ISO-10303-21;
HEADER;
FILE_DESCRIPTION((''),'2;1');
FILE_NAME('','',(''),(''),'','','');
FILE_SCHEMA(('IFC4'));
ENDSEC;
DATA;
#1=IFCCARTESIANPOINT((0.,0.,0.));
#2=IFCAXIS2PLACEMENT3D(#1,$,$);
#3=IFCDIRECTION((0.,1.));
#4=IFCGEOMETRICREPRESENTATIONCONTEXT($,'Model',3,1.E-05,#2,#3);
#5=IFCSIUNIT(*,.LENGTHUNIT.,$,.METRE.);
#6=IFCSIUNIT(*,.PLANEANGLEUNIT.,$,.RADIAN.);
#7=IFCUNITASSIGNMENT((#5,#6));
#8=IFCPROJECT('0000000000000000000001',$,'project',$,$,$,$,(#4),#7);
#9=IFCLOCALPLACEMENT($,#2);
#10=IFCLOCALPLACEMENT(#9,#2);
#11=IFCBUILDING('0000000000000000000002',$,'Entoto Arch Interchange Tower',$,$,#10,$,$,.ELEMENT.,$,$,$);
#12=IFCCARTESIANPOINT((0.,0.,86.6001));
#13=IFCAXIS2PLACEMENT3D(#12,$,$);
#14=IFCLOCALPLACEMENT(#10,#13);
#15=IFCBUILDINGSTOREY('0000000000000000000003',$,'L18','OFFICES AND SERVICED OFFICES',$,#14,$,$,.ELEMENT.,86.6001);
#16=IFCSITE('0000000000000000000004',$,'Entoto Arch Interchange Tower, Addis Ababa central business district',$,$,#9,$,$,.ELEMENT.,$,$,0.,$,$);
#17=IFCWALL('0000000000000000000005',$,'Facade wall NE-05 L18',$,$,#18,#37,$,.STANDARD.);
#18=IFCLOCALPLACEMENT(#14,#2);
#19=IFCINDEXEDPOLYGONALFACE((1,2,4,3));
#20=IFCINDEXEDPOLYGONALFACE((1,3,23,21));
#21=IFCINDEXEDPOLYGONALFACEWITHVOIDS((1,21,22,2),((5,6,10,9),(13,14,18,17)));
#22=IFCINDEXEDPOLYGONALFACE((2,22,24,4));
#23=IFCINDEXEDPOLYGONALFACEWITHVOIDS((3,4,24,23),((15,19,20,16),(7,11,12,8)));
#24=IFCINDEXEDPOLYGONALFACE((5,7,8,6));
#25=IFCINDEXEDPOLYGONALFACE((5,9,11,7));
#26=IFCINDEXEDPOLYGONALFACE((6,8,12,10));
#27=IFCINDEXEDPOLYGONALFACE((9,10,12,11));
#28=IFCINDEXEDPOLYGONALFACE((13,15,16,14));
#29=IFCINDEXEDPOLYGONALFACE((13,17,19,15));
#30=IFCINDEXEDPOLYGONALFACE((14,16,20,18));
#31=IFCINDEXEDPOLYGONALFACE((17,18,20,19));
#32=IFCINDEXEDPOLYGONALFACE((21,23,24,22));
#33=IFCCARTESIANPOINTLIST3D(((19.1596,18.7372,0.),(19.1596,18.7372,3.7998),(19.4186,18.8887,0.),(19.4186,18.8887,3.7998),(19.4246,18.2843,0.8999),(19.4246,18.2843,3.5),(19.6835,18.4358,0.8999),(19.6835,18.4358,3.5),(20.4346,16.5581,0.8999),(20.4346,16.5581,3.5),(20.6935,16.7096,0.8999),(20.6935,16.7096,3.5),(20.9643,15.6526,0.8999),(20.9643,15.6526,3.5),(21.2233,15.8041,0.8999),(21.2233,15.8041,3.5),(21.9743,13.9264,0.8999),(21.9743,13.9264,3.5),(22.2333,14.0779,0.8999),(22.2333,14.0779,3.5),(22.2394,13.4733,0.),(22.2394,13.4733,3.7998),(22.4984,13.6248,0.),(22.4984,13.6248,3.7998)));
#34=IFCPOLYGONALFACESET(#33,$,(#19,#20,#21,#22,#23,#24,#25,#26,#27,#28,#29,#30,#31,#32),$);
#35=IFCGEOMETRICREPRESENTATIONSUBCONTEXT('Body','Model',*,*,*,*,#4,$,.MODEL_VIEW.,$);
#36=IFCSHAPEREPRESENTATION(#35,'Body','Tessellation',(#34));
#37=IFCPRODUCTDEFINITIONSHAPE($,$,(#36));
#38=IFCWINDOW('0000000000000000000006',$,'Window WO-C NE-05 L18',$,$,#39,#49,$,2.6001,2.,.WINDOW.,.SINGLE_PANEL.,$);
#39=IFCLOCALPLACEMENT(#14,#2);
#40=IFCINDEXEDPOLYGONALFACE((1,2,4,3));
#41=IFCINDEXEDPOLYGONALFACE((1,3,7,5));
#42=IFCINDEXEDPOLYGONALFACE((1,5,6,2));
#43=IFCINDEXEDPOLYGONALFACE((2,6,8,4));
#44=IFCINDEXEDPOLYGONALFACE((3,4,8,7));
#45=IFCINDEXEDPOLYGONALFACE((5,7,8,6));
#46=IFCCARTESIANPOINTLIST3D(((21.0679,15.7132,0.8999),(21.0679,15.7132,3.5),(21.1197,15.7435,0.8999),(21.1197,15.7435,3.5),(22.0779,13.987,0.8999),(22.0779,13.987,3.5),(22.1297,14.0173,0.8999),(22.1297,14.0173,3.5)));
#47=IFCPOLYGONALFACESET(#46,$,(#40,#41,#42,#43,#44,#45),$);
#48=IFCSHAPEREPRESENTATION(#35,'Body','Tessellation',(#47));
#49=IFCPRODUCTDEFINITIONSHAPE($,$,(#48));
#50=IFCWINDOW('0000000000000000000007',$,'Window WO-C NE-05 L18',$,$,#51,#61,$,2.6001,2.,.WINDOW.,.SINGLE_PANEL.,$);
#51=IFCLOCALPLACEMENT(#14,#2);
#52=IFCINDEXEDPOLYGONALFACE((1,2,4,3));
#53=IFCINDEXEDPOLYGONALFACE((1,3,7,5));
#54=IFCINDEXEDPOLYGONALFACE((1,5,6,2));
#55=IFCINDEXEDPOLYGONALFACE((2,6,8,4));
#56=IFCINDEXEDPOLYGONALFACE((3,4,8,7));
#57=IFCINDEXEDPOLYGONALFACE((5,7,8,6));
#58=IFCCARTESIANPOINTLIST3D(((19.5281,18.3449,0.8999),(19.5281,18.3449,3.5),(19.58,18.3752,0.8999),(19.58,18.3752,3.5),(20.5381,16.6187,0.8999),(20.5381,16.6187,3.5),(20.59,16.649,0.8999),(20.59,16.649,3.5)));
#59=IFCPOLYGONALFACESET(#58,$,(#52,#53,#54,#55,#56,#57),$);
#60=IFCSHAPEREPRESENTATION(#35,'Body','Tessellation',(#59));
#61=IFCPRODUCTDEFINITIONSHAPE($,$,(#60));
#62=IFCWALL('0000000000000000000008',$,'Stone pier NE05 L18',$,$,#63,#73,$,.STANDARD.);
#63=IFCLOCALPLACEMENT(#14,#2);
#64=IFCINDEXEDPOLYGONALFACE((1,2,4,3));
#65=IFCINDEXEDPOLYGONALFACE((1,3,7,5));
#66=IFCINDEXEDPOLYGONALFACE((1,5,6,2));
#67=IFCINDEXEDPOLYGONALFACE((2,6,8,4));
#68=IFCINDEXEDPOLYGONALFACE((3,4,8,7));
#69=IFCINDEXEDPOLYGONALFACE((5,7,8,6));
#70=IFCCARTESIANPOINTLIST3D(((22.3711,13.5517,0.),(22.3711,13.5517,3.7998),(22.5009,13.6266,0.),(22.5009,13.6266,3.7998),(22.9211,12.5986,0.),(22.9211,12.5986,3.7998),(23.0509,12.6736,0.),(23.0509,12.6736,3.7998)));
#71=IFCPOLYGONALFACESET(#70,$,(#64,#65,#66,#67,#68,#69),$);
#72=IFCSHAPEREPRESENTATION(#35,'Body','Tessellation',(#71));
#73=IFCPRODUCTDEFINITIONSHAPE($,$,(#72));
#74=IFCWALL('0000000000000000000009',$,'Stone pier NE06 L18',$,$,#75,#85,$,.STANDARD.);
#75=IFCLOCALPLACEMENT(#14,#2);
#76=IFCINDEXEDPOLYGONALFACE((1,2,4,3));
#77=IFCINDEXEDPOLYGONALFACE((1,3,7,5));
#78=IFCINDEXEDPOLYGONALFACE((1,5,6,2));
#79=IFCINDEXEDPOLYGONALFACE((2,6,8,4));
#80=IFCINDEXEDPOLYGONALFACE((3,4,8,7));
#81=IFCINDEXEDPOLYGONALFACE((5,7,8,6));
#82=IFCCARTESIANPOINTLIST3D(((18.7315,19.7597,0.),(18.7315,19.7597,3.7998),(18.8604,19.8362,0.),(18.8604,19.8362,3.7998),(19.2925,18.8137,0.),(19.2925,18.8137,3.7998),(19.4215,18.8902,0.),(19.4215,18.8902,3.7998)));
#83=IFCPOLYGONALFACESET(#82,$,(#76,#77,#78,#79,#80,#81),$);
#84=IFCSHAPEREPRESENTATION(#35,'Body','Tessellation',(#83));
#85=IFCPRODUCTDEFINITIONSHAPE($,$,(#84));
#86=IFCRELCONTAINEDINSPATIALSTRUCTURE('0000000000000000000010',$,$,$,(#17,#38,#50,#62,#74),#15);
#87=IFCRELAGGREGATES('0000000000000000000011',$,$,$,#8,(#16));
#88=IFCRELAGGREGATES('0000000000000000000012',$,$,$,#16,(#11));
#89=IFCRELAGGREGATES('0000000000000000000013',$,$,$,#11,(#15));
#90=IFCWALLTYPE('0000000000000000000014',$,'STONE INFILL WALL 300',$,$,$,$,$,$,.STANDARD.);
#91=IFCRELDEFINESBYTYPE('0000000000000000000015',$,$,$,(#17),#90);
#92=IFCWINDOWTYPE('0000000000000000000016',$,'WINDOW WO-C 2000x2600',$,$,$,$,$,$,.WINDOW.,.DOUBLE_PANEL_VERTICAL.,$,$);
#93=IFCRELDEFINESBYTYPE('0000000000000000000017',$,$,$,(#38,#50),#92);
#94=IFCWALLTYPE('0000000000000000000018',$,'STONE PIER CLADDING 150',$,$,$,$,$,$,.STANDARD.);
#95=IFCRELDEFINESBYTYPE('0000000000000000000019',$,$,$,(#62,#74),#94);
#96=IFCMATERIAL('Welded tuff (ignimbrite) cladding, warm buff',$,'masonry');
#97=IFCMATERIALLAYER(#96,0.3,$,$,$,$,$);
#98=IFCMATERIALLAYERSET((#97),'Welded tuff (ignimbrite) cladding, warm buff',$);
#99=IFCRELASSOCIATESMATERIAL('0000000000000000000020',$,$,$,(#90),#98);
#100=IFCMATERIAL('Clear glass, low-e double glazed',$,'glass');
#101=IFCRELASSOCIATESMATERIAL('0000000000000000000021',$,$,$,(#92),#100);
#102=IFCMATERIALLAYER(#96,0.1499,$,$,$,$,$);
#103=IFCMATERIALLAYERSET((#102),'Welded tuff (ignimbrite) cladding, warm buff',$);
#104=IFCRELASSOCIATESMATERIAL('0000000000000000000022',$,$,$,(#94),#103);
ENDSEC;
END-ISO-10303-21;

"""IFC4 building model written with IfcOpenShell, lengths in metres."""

from ifc_helpers import new_model, si_unit, direction, frame, frame_2d, origin, place, context, subcontext, project, spatial, rectangle, extrude, material, layer, layer_set, type_object, element, fill, save


model = new_model("IFC4")

# Units and contexts
model_context = context("Model", 3, precision=1e-05, world=origin(), true_north=direction((0.0, 1.0)))
body_context = subcontext(model_context, "Body", "Model", "MODEL_VIEW")
ifc_project = project(units=[si_unit("LENGTHUNIT", "METRE"), si_unit("PLANEANGLEUNIT", "RADIAN")], contexts=[model_context])

# Site, building, storey
site_placement = place(None, origin())
site = spatial("IfcSite", under=ifc_project, at=site_placement, Name="Entoto Arch Interchange Tower, Addis Ababa central business district", CompositionType="ELEMENT", RefElevation=0.0)
building_placement = place(site_placement, origin())
building = spatial("IfcBuilding", under=site, at=building_placement, Name="Entoto Arch Interchange Tower", CompositionType="ELEMENT")
storey_placement = place(building_placement, frame((0.0, 0.0, 86.6001)))
storey = spatial("IfcBuildingStorey", under=building, at=storey_placement, Name="L18", Description="OFFICES AND SERVICED OFFICES", CompositionType="ELEMENT", Elevation=86.6001)

# Shared definitions
ifc_material_1 = material(Name="Welded tuff (ignimbrite) cladding, warm buff", Category="masonry")
ifc_layer_1 = layer(ifc_material_1, 0.3)
ifc_layer_set_1 = layer_set([ifc_layer_1], Name="Welded tuff (ignimbrite) cladding, warm buff")
wall_type_1 = type_object("IfcWallType", Name="STONE INFILL WALL 300", PredefinedType="STANDARD", material=ifc_layer_set_1)
ifc_material_2 = material(Name="Clear glass, low-e double glazed", Category="glass")
window_type = type_object("IfcWindowType", Name="WINDOW WO-C 2000x2600", PartitioningType="DOUBLE_PANEL_VERTICAL", PredefinedType="WINDOW", material=ifc_material_2)

# Wall, openings, windows
wall_1_placement = place(storey_placement, frame((22.3689, 13.5491, 0.0), z_axis=(0.0, 0.0, 1.0), x_axis=(-0.504998, 0.86312, 0.0)))
wall_1 = element("IfcWall", 1, at=wall_1_placement, inside=storey, type_object=wall_type_1, Name="Facade wall NE-05 L18", PredefinedType="STANDARD", context=body_context, shape_type="SweptSolid", body=[
    extrude(rectangle(XDim=6.0986, YDim=0.3, at=frame_2d((3.0493, 0.0))), origin(), (0.0, 0.0, 1.0), 3.7998),
])
opening_1_placement = place(wall_1_placement, frame((0.5249, 0.0, 0.8999)))
opening_1 = element("IfcOpeningElement", 2, at=opening_1_placement, cuts=wall_1, PredefinedType="OPENING", context=body_context, shape_type="SweptSolid", body=[
    extrude(rectangle(XDim=2.0, YDim=2.6001, at=frame_2d((1.0, 1.3))), frame((0.0, 0.1602, 0.0), z_axis=(0.0, -1.0, 0.0), x_axis=(1.0, 0.0, 0.0)), (0.0, 0.0, 1.0), 0.3201),
])
opening_2_placement = place(wall_1_placement, frame((3.574, 0.0, 0.8999)))
opening_2 = element("IfcOpeningElement", 3, at=opening_2_placement, cuts=wall_1, PredefinedType="OPENING", context=body_context, shape_type="SweptSolid", body=[
    extrude(rectangle(XDim=2.0, YDim=2.6001, at=frame_2d((1.0, 1.3))), frame((0.0, 0.1602, 0.0), z_axis=(0.0, -1.0, 0.0), x_axis=(1.0, 0.0, 0.0)), (0.0, 0.0, 1.0), 0.3201),
])
window_1_placement = place(opening_1_placement, origin())
window_1 = element("IfcWindow", 4, at=window_1_placement, inside=storey, type_object=window_type, Name="Window WO-C NE-05 L18", OverallHeight=2.6001, OverallWidth=2.0, PartitioningType="SINGLE_PANEL", PredefinedType="WINDOW", context=body_context, shape_type="SweptSolid", body=[
    extrude(rectangle(XDim=2.0, YDim=2.6001, at=frame_2d((1.0, 1.3))), frame((0.0, 0.03, 0.0), z_axis=(0.0, -1.0, 0.0), x_axis=(1.0, 0.0, 0.0)), (0.0, 0.0, 1.0), 0.0601),
])
fill(opening_1, window_1)
window_2_placement = place(opening_2_placement, origin())
window_2 = element("IfcWindow", 5, at=window_2_placement, inside=storey, type_object=window_type, Name="Window WO-C NE-05 L18", OverallHeight=2.6001, OverallWidth=2.0, PartitioningType="SINGLE_PANEL", PredefinedType="WINDOW", context=body_context, shape_type="SweptSolid", body=[
    extrude(rectangle(XDim=2.0, YDim=2.6001, at=frame_2d((1.0, 1.3))), frame((0.0, 0.03, 0.0), z_axis=(0.0, -1.0, 0.0), x_axis=(1.0, 0.0, 0.0)), (0.0, 0.0, 1.0), 0.0601),
])
fill(opening_2, window_2)

# Walls
ifc_layer_2 = layer(ifc_material_1, 0.1499)
ifc_layer_set_2 = layer_set([ifc_layer_2], Name="Welded tuff (ignimbrite) cladding, warm buff")
wall_type_2 = type_object("IfcWallType", Name="STONE PIER CLADDING 150", PredefinedType="STANDARD", material=ifc_layer_set_2)
wall_2_placement = place(storey_placement, frame((22.9861, 12.636, 0.0), z_axis=(0.0, 0.0, 1.0), x_axis=(-0.499838, 0.866119, 0.0)))
element("IfcWall", 6, at=wall_2_placement, inside=storey, type_object=wall_type_2, Name="Stone pier NE05 L18", PredefinedType="STANDARD", context=body_context, shape_type="SweptSolid", body=[
    extrude(rectangle(XDim=1.1003, YDim=0.1499, at=frame_2d((0.5503, 0.0))), origin(), (0.0, 0.0, 1.0), 3.7998),
])
wall_3_placement = place(storey_placement, frame((19.3569, 18.8521, 0.0), z_axis=(0.0, 0.0, 1.0), x_axis=(-0.510082, 0.860126, 0.0)))
element("IfcWall", 7, at=wall_3_placement, inside=storey, type_object=wall_type_2, Name="Stone pier NE06 L18", PredefinedType="STANDARD", context=body_context, shape_type="SweptSolid", body=[
    extrude(rectangle(XDim=1.0999, YDim=0.1499, at=frame_2d((0.5498, 0.0))), origin(), (0.0, 0.0, 1.0), 3.7998),
])

save(model, "model.ifc")
